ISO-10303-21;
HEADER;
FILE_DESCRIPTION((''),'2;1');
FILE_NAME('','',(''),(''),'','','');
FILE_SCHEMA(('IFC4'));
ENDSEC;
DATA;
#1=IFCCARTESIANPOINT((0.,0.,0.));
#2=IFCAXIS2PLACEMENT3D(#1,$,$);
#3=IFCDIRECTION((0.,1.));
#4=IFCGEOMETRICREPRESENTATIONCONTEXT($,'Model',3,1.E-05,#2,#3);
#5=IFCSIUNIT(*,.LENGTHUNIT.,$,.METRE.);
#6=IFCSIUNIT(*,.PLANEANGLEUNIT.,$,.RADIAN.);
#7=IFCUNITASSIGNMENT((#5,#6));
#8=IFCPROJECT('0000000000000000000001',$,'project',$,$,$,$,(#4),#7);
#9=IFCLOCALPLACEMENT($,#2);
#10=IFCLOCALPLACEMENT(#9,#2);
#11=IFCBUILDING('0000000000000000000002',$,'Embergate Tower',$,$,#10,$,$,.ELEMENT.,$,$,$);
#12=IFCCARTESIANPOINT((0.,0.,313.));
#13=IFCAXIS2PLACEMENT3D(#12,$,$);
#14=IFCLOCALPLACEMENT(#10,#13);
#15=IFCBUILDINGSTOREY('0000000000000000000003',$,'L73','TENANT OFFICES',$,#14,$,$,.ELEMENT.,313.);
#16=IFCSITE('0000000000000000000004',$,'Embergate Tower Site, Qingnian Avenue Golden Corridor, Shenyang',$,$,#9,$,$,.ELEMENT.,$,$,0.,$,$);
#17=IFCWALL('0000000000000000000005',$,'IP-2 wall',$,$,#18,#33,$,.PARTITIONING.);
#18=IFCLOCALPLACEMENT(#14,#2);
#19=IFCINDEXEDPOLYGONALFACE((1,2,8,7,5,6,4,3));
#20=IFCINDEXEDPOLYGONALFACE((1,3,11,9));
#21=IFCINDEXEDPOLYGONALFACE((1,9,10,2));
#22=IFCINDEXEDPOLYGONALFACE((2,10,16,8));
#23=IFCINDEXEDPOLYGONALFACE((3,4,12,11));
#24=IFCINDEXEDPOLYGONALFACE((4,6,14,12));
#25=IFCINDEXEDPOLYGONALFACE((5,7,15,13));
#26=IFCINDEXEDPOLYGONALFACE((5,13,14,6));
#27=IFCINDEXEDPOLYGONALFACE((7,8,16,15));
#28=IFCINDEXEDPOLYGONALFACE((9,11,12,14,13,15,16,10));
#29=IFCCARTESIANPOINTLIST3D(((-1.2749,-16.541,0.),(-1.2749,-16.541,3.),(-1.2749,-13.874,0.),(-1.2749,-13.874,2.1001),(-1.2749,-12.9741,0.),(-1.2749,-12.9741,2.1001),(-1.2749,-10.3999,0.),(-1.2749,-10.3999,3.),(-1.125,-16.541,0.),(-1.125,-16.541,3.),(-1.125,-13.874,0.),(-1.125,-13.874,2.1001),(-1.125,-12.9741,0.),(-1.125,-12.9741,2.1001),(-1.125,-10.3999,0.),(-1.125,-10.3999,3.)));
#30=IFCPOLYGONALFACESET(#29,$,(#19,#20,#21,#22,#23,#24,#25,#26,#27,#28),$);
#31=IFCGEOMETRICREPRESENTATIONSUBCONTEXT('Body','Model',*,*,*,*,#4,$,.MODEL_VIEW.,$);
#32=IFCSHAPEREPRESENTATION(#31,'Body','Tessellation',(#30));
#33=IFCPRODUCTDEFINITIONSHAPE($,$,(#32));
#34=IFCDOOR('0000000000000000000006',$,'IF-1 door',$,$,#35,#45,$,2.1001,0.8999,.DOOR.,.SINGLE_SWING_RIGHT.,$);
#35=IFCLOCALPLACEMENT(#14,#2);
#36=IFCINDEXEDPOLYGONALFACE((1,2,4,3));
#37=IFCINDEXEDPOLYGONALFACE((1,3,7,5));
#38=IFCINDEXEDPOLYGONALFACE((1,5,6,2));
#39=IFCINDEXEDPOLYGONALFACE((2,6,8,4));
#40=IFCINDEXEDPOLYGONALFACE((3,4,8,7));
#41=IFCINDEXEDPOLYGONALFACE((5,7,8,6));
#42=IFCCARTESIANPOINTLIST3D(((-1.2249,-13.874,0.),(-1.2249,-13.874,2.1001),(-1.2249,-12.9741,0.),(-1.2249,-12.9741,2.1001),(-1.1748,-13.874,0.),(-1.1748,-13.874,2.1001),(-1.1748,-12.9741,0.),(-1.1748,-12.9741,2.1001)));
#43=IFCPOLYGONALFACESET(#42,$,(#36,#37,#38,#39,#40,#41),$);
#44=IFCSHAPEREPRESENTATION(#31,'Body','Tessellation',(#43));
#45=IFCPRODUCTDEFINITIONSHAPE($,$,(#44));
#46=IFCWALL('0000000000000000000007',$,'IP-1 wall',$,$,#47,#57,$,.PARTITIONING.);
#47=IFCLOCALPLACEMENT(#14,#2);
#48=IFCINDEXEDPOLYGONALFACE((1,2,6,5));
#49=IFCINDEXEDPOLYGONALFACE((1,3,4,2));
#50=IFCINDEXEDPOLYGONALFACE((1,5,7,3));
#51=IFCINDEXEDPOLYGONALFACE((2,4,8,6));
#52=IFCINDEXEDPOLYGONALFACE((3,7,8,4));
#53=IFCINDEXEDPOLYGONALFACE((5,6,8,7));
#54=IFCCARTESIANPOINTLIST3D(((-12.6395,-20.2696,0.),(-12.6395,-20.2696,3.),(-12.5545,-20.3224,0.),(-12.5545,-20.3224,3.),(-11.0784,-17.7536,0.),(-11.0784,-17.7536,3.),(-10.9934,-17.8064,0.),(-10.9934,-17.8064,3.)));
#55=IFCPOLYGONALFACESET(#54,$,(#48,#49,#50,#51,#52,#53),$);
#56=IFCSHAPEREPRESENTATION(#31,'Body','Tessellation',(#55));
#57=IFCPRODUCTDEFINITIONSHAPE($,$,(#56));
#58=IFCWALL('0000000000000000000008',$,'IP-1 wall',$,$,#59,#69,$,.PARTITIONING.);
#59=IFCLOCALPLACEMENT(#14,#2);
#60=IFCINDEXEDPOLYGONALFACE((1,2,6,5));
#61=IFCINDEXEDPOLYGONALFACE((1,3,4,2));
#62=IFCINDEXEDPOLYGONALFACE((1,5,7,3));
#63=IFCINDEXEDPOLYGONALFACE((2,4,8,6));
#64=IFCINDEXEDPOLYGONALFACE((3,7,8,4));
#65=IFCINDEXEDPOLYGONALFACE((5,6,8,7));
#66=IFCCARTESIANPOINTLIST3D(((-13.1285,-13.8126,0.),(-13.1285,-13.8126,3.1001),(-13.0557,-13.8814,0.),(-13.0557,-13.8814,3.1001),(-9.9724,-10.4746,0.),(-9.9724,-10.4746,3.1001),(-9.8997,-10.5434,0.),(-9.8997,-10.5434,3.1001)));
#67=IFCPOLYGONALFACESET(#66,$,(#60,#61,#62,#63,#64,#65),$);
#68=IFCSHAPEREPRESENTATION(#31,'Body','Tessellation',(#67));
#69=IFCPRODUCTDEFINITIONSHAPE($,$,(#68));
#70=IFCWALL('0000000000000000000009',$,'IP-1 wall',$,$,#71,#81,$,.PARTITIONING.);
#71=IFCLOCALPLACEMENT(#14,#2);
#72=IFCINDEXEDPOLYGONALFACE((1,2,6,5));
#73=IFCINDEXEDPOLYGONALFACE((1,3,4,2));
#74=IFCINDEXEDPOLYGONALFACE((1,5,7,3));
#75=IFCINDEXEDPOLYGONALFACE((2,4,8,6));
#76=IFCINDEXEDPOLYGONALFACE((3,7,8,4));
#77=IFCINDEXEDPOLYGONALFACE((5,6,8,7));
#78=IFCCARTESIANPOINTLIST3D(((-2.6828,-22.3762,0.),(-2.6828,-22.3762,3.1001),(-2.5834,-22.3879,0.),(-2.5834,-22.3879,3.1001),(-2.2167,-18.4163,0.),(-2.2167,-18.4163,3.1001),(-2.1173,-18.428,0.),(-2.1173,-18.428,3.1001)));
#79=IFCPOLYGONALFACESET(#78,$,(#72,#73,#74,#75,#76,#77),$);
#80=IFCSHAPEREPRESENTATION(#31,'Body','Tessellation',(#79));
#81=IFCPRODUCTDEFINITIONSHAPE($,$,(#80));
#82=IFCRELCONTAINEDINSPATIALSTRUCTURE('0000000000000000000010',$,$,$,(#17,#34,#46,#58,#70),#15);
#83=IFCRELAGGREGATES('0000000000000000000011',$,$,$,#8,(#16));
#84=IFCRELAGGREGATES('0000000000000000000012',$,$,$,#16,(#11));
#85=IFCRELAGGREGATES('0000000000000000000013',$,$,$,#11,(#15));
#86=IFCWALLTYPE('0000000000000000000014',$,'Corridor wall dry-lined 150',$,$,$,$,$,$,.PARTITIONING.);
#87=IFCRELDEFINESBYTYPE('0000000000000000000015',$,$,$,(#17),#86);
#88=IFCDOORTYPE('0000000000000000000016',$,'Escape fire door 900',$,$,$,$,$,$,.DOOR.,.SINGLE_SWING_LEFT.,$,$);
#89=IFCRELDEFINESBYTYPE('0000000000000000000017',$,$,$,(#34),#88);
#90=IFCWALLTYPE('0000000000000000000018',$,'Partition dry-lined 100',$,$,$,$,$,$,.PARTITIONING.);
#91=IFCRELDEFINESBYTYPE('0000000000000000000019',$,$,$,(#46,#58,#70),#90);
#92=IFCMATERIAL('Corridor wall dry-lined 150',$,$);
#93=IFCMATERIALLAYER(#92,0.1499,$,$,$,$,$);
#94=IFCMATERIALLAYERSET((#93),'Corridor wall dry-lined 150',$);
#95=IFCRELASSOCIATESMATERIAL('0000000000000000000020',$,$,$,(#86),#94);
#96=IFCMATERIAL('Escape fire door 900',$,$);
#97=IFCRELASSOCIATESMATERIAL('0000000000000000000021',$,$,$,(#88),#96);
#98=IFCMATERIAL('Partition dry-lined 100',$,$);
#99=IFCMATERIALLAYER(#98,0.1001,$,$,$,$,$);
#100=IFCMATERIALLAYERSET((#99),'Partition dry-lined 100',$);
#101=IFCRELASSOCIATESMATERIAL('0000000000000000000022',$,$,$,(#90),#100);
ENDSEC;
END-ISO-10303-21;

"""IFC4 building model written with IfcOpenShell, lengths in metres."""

from ifc_helpers import new_model, si_unit, direction, frame, frame_2d, origin, place, context, subcontext, project, spatial, rectangle, extrude, source, transform, mapped, material, layer, layer_set, type_object, element, fill, save


model = new_model("IFC4")

# Units and contexts
model_context = context("Model", 3, precision=1e-05, world=origin(), true_north=direction((0.0, 1.0)))
body_context = subcontext(model_context, "Body", "Model", "MODEL_VIEW")
ifc_project = project(units=[si_unit("LENGTHUNIT", "METRE"), si_unit("PLANEANGLEUNIT", "RADIAN")], contexts=[model_context])

# Site, building, storey
site_placement = place(None, origin())
site = spatial("IfcSite", under=ifc_project, at=site_placement, Name="Embergate Tower Site, Qingnian Avenue Golden Corridor, Shenyang", CompositionType="ELEMENT", RefElevation=0.0)
building_placement = place(site_placement, origin())
building = spatial("IfcBuilding", under=site, at=building_placement, Name="Embergate Tower", CompositionType="ELEMENT")
storey_placement = place(building_placement, frame((0.0, 0.0, 313.0)))
storey = spatial("IfcBuildingStorey", under=building, at=storey_placement, Name="L73", Description="TENANT OFFICES", CompositionType="ELEMENT", Elevation=313.0)

# Shared definitions
ifc_material_1 = material(Name="Corridor wall dry-lined 150")
ifc_layer_1 = layer(ifc_material_1, 0.1499)
ifc_layer_set_1 = layer_set([ifc_layer_1], Name="Corridor wall dry-lined 150")
wall_type_1 = type_object("IfcWallType", Name="Corridor wall dry-lined 150", PredefinedType="PARTITIONING", material=ifc_layer_set_1)
shared_shape_1 = source(origin(), body_context, "Body", "SweptSolid", [
    extrude(rectangle(XDim=0.8999, YDim=2.1001, at=frame_2d((0.45, 1.05))), frame((0.0, 0.085, 0.0), z_axis=(0.0, -1.0, 0.0), x_axis=(1.0, 0.0, 0.0)), (0.0, 0.0, 1.0), 0.1699),
])
ifc_material_2 = material(Name="Escape fire door 900")
door_type_1 = type_object("IfcDoorType", Name="Escape fire door 900", OperationType="SINGLE_SWING_LEFT", PredefinedType="DOOR", material=ifc_material_2)
shared_shape_2 = source(origin(), body_context, "Body", "SweptSolid", [
    extrude(rectangle(XDim=0.8999, YDim=2.1001, at=frame_2d((0.45, 1.05))), frame((0.0, 0.0249, 0.0), z_axis=(0.0, -1.0, 0.0), x_axis=(1.0, 0.0, 0.0)), (0.0, 0.0, 1.0), 0.05),
])

# Wall, opening, door
shared_shape_3 = source(origin(), body_context, "Body", "SweptSolid", [
    extrude(rectangle(XDim=6.1411, YDim=0.1499, at=frame_2d((3.0706, 0.0))), origin(), (0.0, 0.0, 1.0), 3.0),
])
wall_1_placement = place(storey_placement, frame((-1.2, -16.541, 0.0), z_axis=(0.0, 0.0, 1.0), x_axis=(0.0, 1.0, 0.0)))
wall_1 = element("IfcWall", 1, at=wall_1_placement, inside=storey, type_object=wall_type_1, Name="IP-2 wall", PredefinedType="PARTITIONING", context=body_context, shape_type="MappedRepresentation", body=[
    mapped(shared_shape_3, transform((0.0, 0.0, 0.0))),
])
opening_1_placement = place(wall_1_placement, frame((2.667, 0.0, 0.0)))
opening_1 = element("IfcOpeningElement", 2, at=opening_1_placement, cuts=wall_1, PredefinedType="OPENING", context=body_context, shape_type="MappedRepresentation", body=[
    mapped(shared_shape_1, transform((0.0, 0.0, 0.0))),
])
door_1_placement = place(opening_1_placement, origin())
door_1 = element("IfcDoor", 3, at=door_1_placement, inside=storey, type_object=door_type_1, Name="IF-1 door", OperationType="SINGLE_SWING_RIGHT", OverallHeight=2.1001, OverallWidth=0.8999, PredefinedType="DOOR", context=body_context, shape_type="MappedRepresentation", body=[
    mapped(shared_shape_2, transform((0.0, 0.0, 0.0))),
])
fill(opening_1, door_1)

# Walls
ifc_material_3 = material(Name="Partition dry-lined 100")
ifc_layer_2 = layer(ifc_material_3, 0.1001)
ifc_layer_set_2 = layer_set([ifc_layer_2], Name="Partition dry-lined 100")
wall_type_2 = type_object("IfcWallType", Name="Partition dry-lined 100", PredefinedType="PARTITIONING", material=ifc_layer_set_2)
shared_shape_4 = source(origin(), body_context, "Body", "SweptSolid", [
    extrude(rectangle(XDim=2.9609, YDim=0.1001, at=frame_2d((1.4805, 0.0))), origin(), (0.0, 0.0, 1.0), 3.0),
])
wall_2_placement = place(storey_placement, frame((-11.0359, -17.78, 0.0), z_axis=(0.0, 0.0, 1.0), x_axis=(-0.527231, -0.849722, 0.0)))
element("IfcWall", 4, at=wall_2_placement, inside=storey, type_object=wall_type_2, Name="IP-1 wall", PredefinedType="PARTITIONING", context=body_context, shape_type="MappedRepresentation", body=[
    mapped(shared_shape_4, transform((0.0, 0.0, 0.0))),
])
shared_shape_5 = source(origin(), body_context, "Body", "SweptSolid", [
    extrude(rectangle(XDim=4.5938, YDim=0.1001, at=frame_2d((2.2969, 0.0))), origin(), (0.0, 0.0, 1.0), 3.1001),
])
wall_3_placement = place(storey_placement, frame((-9.936, -10.509, 0.0), z_axis=(0.0, 0.0, 1.0), x_axis=(-0.687032, -0.726627, 0.0)))
element("IfcWall", 5, at=wall_3_placement, inside=storey, type_object=wall_type_2, Name="IP-1 wall", PredefinedType="PARTITIONING", context=body_context, shape_type="MappedRepresentation", body=[
    mapped(shared_shape_5, transform((0.0, 0.0, 0.0))),
])
shared_shape_6 = source(origin(), body_context, "Body", "SweptSolid", [
    extrude(rectangle(XDim=3.9873, YDim=0.1001, at=frame_2d((1.9937, 0.0))), origin(), (0.0, 0.0, 1.0), 3.1001),
])
wall_4_placement = place(storey_placement, frame((-2.167, -18.4221, 0.0), z_axis=(0.0, 0.0, 1.0), x_axis=(-0.116887, -0.993145, 0.0)))
element("IfcWall", 6, at=wall_4_placement, inside=storey, type_object=wall_type_2, Name="IP-1 wall", PredefinedType="PARTITIONING", context=body_context, shape_type="MappedRepresentation", body=[
    mapped(shared_shape_6, transform((0.0, 0.0, 0.0))),
])

save(model, "model.ifc")
